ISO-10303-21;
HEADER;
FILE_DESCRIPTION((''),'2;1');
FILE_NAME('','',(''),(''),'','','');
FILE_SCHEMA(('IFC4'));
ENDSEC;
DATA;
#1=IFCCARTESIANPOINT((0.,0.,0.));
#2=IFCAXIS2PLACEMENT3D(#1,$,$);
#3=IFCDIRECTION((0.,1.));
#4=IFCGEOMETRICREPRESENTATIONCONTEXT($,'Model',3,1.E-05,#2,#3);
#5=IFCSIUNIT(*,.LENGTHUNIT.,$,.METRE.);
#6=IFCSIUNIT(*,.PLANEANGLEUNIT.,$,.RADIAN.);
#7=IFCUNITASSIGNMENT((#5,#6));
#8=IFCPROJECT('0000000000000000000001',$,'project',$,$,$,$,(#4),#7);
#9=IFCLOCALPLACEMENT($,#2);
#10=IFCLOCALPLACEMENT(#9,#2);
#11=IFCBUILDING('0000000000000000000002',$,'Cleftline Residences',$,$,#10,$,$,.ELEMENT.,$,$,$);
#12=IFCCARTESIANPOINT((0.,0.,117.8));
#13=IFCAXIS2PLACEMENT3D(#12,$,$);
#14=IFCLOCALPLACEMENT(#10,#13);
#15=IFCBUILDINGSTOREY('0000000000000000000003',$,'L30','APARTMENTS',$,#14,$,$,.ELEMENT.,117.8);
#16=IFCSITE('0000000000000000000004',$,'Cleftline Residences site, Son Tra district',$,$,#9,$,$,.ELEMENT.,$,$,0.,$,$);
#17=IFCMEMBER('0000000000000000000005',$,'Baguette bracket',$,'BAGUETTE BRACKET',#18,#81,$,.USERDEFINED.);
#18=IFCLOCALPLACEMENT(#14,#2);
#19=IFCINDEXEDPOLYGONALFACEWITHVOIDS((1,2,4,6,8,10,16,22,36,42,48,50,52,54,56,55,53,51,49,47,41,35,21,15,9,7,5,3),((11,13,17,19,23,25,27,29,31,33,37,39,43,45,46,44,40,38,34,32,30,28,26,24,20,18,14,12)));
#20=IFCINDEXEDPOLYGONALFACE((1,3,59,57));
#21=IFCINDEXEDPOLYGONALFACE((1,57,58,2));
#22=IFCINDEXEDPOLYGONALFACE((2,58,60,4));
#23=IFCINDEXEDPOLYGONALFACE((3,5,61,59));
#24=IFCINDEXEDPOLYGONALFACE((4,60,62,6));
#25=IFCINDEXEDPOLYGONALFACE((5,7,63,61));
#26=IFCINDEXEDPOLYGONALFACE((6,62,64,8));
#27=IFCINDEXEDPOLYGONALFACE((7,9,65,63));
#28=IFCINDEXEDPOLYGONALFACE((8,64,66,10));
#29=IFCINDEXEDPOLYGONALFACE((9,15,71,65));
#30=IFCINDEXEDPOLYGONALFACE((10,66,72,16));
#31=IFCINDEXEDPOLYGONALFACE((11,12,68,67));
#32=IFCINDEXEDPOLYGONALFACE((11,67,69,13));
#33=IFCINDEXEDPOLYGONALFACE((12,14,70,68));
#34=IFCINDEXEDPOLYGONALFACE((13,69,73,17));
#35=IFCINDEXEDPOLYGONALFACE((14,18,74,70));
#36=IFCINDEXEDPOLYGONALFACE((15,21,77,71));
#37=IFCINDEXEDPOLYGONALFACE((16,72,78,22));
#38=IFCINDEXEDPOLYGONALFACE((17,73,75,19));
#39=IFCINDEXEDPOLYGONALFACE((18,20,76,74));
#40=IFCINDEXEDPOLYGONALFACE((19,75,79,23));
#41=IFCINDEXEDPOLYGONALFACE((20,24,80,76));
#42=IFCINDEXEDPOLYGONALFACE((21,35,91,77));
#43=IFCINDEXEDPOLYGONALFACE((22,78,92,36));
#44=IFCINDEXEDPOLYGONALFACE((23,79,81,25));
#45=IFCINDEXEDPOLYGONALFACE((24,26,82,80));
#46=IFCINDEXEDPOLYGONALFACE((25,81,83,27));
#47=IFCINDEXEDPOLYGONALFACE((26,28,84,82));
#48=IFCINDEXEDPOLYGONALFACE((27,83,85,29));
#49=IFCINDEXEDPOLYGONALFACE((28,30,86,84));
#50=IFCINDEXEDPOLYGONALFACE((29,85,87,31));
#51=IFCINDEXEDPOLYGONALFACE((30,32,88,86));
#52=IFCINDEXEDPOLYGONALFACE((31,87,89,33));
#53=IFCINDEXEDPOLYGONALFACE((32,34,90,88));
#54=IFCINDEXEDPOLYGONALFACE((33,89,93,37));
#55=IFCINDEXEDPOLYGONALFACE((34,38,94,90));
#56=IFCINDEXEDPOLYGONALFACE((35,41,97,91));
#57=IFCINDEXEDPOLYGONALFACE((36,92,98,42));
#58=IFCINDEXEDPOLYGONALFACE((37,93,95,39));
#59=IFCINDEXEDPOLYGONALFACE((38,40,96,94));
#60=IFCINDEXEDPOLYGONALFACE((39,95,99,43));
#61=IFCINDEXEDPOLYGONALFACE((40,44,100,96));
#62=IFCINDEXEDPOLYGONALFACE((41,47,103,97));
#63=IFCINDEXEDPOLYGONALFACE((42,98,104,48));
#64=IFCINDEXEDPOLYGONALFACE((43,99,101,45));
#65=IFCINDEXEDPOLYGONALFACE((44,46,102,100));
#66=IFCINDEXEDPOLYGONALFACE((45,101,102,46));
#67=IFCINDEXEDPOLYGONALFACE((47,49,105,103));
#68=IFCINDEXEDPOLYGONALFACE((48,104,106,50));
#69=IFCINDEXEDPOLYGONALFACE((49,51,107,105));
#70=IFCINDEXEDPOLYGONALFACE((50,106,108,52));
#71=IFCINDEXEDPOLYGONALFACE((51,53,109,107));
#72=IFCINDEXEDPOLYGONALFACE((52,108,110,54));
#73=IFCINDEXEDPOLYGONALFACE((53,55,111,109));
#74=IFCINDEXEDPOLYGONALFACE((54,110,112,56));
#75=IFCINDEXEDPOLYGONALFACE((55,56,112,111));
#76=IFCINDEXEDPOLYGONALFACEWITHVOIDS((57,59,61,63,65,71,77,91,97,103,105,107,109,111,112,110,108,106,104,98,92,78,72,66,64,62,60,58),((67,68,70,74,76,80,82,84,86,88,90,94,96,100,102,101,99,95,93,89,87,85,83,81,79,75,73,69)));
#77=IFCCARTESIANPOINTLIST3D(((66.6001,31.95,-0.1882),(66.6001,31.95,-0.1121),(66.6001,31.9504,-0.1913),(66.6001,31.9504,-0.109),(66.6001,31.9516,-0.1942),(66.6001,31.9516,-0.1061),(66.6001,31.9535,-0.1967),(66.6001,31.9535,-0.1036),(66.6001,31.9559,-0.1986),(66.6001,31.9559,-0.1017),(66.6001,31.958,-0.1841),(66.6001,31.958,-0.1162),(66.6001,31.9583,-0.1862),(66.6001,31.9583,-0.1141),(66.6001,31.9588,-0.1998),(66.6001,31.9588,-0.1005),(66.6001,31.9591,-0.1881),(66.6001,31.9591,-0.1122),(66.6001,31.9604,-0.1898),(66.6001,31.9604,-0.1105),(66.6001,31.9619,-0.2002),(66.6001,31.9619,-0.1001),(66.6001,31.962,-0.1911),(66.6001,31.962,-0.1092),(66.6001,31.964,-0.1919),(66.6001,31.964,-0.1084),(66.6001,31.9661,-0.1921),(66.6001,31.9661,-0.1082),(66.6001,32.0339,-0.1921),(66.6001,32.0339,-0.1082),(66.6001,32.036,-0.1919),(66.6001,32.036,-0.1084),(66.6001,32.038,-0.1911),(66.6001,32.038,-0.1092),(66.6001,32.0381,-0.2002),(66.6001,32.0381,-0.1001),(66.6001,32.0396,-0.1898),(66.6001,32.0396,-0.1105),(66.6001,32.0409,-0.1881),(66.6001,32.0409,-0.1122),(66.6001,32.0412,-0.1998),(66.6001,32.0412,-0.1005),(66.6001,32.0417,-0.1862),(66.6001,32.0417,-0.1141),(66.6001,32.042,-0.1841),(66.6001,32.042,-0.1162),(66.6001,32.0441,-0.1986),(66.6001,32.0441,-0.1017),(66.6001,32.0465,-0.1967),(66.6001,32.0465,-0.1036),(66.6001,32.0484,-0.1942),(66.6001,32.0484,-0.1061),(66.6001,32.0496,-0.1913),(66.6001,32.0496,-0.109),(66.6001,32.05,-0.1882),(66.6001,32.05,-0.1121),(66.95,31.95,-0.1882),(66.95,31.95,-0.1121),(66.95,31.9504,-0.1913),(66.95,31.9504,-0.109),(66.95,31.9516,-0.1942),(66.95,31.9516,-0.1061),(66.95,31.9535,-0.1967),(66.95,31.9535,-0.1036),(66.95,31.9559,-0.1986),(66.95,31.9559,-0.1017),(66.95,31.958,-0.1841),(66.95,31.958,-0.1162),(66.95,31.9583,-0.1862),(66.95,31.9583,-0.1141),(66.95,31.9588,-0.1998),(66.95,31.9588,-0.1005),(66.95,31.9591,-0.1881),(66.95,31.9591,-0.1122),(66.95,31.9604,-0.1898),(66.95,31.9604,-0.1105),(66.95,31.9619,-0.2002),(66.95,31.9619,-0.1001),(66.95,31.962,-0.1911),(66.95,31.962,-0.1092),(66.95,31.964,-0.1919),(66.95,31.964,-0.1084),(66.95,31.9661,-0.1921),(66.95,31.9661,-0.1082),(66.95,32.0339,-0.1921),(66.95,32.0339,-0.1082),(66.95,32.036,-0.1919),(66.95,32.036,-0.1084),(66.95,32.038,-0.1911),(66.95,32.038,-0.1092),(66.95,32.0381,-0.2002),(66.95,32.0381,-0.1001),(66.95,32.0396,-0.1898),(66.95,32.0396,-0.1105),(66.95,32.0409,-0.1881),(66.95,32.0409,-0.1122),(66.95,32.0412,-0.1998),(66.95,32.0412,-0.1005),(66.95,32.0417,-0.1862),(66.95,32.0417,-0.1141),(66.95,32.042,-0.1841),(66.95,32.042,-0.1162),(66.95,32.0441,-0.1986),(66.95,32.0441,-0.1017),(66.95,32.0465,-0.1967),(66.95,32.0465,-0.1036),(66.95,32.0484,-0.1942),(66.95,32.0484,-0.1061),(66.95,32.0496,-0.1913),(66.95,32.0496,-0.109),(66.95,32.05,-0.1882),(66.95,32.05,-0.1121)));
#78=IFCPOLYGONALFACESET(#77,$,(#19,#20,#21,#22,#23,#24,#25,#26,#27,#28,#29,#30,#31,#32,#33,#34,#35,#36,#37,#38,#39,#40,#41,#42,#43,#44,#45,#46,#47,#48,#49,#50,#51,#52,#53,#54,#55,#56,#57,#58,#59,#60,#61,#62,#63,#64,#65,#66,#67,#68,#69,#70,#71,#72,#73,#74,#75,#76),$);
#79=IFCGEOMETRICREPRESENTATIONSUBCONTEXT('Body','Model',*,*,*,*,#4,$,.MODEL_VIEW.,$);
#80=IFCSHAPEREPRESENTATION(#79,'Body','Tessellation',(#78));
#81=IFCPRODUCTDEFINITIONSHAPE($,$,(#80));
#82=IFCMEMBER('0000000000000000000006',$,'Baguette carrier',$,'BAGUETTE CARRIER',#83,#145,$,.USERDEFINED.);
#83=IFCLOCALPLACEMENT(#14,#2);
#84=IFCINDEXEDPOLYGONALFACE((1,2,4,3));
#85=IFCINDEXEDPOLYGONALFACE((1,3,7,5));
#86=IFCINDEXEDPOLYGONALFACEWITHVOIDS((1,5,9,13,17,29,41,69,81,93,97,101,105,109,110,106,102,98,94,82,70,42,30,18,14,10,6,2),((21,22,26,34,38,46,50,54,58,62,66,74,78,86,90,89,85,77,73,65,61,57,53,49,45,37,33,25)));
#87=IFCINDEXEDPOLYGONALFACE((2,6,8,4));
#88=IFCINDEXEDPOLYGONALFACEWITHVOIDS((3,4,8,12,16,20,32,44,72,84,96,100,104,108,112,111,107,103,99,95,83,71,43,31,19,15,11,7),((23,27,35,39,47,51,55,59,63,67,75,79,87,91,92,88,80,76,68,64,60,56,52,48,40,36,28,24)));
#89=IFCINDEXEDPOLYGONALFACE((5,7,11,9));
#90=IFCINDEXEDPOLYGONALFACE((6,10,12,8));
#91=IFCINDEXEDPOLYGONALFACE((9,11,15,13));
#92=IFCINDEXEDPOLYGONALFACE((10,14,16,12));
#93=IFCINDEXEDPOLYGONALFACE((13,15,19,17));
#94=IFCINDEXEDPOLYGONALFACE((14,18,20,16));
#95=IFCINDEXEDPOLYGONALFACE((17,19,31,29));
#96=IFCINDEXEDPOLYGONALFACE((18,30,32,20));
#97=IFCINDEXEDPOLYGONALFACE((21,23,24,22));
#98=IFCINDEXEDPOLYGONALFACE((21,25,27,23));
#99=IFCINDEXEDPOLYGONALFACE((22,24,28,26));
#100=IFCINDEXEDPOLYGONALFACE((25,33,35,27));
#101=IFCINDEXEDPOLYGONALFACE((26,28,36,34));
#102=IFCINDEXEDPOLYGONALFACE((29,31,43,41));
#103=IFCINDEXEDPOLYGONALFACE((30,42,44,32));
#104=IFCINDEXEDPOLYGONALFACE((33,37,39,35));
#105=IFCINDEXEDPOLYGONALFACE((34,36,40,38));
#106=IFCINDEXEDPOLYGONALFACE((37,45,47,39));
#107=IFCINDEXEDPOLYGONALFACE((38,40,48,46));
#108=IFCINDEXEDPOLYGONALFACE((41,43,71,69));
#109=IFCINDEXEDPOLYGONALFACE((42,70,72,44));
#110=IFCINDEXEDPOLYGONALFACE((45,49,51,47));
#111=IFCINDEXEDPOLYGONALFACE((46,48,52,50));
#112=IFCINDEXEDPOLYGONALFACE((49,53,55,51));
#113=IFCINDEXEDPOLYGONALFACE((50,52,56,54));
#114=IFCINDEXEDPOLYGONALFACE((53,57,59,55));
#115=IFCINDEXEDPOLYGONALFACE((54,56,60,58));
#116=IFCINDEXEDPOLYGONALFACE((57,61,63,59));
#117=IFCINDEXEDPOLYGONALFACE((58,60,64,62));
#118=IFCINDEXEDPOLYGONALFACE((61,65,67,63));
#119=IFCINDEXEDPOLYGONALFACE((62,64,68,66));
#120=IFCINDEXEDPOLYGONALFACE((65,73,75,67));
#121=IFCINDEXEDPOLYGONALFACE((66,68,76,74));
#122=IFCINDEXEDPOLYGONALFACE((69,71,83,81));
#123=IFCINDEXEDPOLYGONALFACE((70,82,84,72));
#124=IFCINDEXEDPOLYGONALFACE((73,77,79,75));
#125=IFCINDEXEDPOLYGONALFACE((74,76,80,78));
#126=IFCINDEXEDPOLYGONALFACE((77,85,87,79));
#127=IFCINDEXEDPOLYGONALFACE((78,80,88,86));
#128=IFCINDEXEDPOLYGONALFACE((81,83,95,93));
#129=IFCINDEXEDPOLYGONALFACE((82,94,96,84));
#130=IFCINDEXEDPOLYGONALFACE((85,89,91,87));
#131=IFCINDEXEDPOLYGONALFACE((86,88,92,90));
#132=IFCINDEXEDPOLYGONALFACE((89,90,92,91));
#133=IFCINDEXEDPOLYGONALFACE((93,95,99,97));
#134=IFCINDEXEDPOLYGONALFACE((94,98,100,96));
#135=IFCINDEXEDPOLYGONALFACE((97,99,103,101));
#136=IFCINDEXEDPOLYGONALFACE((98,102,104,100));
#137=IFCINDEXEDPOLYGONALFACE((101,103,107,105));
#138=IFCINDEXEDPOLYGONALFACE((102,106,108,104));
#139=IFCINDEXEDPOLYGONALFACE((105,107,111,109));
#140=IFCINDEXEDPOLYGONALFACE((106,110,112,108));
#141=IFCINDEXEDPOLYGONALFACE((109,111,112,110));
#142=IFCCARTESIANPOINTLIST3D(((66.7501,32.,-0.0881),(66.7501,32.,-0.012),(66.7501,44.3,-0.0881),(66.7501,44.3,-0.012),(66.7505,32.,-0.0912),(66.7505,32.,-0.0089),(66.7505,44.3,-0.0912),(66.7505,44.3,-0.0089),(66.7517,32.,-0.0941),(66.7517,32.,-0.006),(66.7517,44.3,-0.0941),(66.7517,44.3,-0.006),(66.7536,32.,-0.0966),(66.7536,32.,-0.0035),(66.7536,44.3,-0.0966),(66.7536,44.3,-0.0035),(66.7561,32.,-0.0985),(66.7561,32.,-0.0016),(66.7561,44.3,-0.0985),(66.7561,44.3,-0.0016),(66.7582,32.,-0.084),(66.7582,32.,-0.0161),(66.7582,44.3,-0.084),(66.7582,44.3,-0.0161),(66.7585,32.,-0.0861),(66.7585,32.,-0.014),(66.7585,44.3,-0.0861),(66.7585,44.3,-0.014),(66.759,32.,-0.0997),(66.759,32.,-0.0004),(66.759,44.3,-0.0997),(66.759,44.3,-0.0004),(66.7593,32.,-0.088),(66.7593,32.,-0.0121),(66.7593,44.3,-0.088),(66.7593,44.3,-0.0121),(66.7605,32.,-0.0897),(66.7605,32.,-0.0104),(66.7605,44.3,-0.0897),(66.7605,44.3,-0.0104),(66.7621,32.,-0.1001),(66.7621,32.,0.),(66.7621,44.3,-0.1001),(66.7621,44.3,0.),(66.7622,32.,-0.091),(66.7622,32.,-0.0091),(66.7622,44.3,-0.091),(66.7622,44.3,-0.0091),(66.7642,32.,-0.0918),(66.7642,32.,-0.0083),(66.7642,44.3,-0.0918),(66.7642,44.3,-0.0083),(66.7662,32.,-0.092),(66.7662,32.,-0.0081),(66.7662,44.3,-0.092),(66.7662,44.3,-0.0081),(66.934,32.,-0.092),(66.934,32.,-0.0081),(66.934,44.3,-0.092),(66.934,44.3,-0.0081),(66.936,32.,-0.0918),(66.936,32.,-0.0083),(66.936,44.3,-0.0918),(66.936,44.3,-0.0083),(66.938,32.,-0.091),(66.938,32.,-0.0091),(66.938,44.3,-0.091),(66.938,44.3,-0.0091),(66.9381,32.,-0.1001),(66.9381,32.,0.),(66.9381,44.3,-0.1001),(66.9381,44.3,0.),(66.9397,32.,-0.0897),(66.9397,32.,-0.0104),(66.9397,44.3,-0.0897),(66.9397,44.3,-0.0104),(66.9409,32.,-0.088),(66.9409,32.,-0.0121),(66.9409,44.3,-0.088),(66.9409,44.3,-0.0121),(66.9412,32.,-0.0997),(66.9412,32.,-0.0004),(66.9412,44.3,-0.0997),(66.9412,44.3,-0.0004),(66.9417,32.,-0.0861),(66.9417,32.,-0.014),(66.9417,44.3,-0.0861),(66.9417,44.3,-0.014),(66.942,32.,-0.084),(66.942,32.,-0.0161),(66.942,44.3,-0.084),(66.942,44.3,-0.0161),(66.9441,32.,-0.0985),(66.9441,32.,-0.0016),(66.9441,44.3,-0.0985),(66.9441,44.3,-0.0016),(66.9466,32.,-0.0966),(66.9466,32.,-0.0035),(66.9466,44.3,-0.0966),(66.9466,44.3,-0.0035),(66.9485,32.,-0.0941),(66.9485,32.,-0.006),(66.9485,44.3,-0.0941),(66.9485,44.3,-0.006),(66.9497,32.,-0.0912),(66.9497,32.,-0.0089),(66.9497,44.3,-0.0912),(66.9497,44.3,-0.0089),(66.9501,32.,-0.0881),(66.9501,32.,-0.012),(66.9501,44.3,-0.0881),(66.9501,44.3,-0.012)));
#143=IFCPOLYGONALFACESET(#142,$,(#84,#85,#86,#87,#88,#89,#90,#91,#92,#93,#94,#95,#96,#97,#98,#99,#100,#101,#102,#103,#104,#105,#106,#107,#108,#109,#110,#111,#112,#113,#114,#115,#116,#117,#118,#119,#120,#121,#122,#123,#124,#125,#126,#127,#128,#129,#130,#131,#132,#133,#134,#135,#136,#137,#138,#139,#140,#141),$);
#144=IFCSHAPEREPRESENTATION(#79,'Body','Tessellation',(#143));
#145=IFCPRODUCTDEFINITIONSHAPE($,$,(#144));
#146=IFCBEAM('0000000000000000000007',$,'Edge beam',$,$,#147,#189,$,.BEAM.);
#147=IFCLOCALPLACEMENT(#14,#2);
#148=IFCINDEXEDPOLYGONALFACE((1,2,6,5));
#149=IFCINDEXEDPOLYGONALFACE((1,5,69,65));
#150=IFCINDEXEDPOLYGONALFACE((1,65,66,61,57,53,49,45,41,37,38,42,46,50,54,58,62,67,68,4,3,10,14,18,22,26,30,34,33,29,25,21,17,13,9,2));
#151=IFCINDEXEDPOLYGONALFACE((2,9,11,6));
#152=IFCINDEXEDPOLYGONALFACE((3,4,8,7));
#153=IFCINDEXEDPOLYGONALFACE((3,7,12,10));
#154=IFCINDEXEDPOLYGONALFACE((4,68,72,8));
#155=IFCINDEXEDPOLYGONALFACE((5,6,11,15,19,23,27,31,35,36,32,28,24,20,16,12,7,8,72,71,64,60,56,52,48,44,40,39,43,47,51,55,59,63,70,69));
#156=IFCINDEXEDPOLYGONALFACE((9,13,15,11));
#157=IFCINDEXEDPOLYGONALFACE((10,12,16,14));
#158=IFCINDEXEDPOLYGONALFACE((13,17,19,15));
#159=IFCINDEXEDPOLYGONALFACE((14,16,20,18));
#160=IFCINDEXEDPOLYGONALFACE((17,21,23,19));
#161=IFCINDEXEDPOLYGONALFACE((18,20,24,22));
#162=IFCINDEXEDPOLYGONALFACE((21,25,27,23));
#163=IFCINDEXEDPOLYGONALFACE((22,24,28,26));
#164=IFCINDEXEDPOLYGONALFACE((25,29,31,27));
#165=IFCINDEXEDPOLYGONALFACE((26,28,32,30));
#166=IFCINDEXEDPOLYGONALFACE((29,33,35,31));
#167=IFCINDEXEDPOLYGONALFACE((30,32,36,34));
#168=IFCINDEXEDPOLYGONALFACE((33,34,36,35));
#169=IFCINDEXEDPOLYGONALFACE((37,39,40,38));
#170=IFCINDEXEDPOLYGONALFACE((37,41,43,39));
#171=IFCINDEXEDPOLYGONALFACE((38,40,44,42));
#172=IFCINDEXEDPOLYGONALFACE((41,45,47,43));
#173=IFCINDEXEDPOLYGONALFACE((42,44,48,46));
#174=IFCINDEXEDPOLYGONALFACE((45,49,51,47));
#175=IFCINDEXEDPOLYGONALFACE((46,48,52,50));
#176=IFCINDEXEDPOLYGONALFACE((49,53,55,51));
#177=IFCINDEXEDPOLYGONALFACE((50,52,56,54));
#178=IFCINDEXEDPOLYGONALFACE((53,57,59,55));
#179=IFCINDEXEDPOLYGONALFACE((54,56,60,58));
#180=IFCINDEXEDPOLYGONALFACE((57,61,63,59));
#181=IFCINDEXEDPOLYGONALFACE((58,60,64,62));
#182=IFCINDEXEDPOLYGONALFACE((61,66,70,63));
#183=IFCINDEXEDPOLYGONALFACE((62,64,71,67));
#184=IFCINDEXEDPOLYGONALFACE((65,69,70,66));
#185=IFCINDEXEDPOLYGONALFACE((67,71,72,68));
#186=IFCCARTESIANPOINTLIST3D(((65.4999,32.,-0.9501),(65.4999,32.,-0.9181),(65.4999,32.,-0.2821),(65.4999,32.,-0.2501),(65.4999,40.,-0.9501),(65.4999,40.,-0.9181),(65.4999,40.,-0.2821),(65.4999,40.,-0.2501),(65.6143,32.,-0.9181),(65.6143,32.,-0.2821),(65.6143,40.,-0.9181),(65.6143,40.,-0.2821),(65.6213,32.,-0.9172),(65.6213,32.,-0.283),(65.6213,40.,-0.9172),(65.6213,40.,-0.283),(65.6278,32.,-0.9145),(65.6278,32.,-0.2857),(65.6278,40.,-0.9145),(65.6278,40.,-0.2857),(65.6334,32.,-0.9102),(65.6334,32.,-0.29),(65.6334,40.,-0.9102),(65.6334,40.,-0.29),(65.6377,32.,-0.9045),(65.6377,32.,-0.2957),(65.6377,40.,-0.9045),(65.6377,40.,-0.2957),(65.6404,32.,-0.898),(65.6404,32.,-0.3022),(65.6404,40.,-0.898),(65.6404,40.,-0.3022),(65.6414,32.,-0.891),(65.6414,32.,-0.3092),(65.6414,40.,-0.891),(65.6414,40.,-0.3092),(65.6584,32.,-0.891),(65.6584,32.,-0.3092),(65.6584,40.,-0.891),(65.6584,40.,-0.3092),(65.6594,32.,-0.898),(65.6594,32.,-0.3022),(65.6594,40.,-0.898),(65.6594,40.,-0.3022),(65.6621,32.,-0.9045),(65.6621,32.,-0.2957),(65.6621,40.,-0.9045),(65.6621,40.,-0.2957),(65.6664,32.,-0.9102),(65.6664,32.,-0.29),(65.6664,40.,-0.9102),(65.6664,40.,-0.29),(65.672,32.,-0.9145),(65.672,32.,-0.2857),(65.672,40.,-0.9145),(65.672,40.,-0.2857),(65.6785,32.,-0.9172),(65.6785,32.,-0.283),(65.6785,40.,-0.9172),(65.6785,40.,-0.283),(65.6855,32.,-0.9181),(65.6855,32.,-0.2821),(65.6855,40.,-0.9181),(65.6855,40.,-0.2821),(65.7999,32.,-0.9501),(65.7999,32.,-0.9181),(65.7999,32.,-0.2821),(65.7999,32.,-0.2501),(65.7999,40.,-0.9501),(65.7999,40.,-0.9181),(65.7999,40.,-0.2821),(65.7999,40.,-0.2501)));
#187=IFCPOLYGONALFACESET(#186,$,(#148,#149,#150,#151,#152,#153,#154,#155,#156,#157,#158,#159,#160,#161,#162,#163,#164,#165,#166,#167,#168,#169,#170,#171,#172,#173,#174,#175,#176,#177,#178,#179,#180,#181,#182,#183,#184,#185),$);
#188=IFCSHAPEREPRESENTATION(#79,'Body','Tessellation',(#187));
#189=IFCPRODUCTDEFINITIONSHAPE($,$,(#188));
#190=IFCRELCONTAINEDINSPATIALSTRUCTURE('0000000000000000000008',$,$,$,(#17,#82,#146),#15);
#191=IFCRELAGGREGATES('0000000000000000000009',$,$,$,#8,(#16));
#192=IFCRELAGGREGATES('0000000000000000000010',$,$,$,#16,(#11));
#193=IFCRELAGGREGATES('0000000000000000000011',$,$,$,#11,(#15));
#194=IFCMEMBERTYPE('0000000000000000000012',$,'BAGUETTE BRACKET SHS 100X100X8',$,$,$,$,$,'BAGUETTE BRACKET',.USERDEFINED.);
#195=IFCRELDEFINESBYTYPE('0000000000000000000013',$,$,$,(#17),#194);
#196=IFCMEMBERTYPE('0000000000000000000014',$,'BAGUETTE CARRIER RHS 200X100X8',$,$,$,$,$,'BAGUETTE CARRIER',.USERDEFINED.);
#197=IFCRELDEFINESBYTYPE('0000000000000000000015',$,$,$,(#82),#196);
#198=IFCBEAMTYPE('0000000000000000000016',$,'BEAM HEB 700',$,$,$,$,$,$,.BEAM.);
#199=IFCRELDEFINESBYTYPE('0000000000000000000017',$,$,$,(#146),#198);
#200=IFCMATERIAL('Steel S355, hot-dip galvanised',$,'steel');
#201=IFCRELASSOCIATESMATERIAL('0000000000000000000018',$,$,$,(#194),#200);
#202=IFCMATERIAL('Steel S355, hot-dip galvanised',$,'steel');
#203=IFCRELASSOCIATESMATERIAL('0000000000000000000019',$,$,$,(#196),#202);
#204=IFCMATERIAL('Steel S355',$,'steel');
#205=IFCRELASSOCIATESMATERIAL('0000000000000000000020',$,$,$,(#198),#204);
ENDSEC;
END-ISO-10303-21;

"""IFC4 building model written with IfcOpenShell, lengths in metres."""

from ifc_helpers import new_model, si_unit, direction, frame, origin, origin_2d, place, context, subcontext, project, spatial, hollow_rectangle, i_section, extrude, material, material_profile, profile_set, type_object, element, save


model = new_model("IFC4")

# Units and contexts
model_context = context("Model", 3, precision=1e-05, world=origin(), true_north=direction((0.0, 1.0)))
body_context = subcontext(model_context, "Body", "Model", "MODEL_VIEW")
ifc_project = project(units=[si_unit("LENGTHUNIT", "METRE"), si_unit("PLANEANGLEUNIT", "RADIAN")], contexts=[model_context])

# Site, building, storey
site_placement = place(None, origin())
site = spatial("IfcSite", under=ifc_project, at=site_placement, Name="Cleftline Residences site, Son Tra district", CompositionType="ELEMENT", RefElevation=0.0)
building_placement = place(site_placement, origin())
building = spatial("IfcBuilding", under=site, at=building_placement, Name="Cleftline Residences", CompositionType="ELEMENT")
storey_placement = place(building_placement, frame((0.0, 0.0, 117.8)))
storey = spatial("IfcBuildingStorey", under=building, at=storey_placement, Name="L30", Description="APARTMENTS", CompositionType="ELEMENT", Elevation=117.8)

# Members
ifc_material_1 = material(Name="Steel S355, hot-dip galvanised", Category="steel")
ifc_material_profile_1 = material_profile(ifc_material_1, hollow_rectangle(XDim=0.1001, YDim=0.1001, WallThickness=0.0081, InnerFilletRadius=0.0081, OuterFilletRadius=0.012, at=origin_2d()))
ifc_profile_set_1 = profile_set([ifc_material_profile_1], Name="Steel S355, hot-dip galvanised")
member_type_1 = type_object("IfcMemberType", Name="BAGUETTE BRACKET SHS 100X100X8", ElementType="BAGUETTE BRACKET", PredefinedType="USERDEFINED", material=ifc_profile_set_1)
member_1_placement = place(storey_placement, frame((66.6001, 32.0, -0.1501), z_axis=(1.0, 0.0, 0.0), x_axis=(0.0, 1.0, 0.0)))
element("IfcMember", 1, at=member_1_placement, inside=storey, type_object=member_type_1, Name="Baguette bracket", ObjectType="BAGUETTE BRACKET", PredefinedType="USERDEFINED", context=body_context, shape_type="SweptSolid", body=[
    extrude(hollow_rectangle(XDim=0.1001, YDim=0.1001, WallThickness=0.0081, InnerFilletRadius=0.0081, OuterFilletRadius=0.012, at=origin_2d()), origin(), (0.0, 0.0, 1.0), 0.3499),
])
ifc_material_2 = material(Name="Steel S355, hot-dip galvanised", Category="steel")
ifc_material_profile_2 = material_profile(ifc_material_2, hollow_rectangle(XDim=0.1001, YDim=0.2, WallThickness=0.0081, InnerFilletRadius=0.0081, OuterFilletRadius=0.012, at=origin_2d()))
ifc_profile_set_2 = profile_set([ifc_material_profile_2], Name="Steel S355, hot-dip galvanised")
member_type_2 = type_object("IfcMemberType", Name="BAGUETTE CARRIER RHS 200X100X8", ElementType="BAGUETTE CARRIER", PredefinedType="USERDEFINED", material=ifc_profile_set_2)
member_2_placement = place(storey_placement, frame((66.8501, 32.0, -0.05), z_axis=(0.0, 1.0, 0.0), x_axis=(0.0, 0.0, 1.0)))
element("IfcMember", 2, at=member_2_placement, inside=storey, type_object=member_type_2, Name="Baguette carrier", ObjectType="BAGUETTE CARRIER", PredefinedType="USERDEFINED", context=body_context, shape_type="SweptSolid", body=[
    extrude(hollow_rectangle(XDim=0.1001, YDim=0.2, WallThickness=0.0081, InnerFilletRadius=0.0081, OuterFilletRadius=0.012, at=origin_2d()), origin(), (0.0, 0.0, 1.0), 12.3),
])

# Beam
ifc_material_3 = material(Name="Steel S355", Category="steel")
ifc_material_profile_3 = material_profile(ifc_material_3, i_section(OverallWidth=0.3, OverallDepth=0.7, WebThickness=0.0171, FlangeThickness=0.032, FilletRadius=0.0271, at=origin_2d()))
ifc_profile_set_3 = profile_set([ifc_material_profile_3], Name="Steel S355")
beam_type_1 = type_object("IfcBeamType", Name="BEAM HEB 700", PredefinedType="BEAM", material=ifc_profile_set_3)
beam_1_placement = place(storey_placement, frame((65.6499, 32.0, -0.6001), z_axis=(0.0, 1.0, 0.0), x_axis=(-1.0, 0.0, 0.0)))
element("IfcBeam", 3, at=beam_1_placement, inside=storey, type_object=beam_type_1, Name="Edge beam", PredefinedType="BEAM", context=body_context, shape_type="SweptSolid", body=[
    extrude(i_section(OverallWidth=0.3, OverallDepth=0.7, WebThickness=0.0171, FlangeThickness=0.032, FilletRadius=0.0271, at=origin_2d()), origin(), (0.0, 0.0, 1.0), 8.0),
])

save(model, "model.ifc")
